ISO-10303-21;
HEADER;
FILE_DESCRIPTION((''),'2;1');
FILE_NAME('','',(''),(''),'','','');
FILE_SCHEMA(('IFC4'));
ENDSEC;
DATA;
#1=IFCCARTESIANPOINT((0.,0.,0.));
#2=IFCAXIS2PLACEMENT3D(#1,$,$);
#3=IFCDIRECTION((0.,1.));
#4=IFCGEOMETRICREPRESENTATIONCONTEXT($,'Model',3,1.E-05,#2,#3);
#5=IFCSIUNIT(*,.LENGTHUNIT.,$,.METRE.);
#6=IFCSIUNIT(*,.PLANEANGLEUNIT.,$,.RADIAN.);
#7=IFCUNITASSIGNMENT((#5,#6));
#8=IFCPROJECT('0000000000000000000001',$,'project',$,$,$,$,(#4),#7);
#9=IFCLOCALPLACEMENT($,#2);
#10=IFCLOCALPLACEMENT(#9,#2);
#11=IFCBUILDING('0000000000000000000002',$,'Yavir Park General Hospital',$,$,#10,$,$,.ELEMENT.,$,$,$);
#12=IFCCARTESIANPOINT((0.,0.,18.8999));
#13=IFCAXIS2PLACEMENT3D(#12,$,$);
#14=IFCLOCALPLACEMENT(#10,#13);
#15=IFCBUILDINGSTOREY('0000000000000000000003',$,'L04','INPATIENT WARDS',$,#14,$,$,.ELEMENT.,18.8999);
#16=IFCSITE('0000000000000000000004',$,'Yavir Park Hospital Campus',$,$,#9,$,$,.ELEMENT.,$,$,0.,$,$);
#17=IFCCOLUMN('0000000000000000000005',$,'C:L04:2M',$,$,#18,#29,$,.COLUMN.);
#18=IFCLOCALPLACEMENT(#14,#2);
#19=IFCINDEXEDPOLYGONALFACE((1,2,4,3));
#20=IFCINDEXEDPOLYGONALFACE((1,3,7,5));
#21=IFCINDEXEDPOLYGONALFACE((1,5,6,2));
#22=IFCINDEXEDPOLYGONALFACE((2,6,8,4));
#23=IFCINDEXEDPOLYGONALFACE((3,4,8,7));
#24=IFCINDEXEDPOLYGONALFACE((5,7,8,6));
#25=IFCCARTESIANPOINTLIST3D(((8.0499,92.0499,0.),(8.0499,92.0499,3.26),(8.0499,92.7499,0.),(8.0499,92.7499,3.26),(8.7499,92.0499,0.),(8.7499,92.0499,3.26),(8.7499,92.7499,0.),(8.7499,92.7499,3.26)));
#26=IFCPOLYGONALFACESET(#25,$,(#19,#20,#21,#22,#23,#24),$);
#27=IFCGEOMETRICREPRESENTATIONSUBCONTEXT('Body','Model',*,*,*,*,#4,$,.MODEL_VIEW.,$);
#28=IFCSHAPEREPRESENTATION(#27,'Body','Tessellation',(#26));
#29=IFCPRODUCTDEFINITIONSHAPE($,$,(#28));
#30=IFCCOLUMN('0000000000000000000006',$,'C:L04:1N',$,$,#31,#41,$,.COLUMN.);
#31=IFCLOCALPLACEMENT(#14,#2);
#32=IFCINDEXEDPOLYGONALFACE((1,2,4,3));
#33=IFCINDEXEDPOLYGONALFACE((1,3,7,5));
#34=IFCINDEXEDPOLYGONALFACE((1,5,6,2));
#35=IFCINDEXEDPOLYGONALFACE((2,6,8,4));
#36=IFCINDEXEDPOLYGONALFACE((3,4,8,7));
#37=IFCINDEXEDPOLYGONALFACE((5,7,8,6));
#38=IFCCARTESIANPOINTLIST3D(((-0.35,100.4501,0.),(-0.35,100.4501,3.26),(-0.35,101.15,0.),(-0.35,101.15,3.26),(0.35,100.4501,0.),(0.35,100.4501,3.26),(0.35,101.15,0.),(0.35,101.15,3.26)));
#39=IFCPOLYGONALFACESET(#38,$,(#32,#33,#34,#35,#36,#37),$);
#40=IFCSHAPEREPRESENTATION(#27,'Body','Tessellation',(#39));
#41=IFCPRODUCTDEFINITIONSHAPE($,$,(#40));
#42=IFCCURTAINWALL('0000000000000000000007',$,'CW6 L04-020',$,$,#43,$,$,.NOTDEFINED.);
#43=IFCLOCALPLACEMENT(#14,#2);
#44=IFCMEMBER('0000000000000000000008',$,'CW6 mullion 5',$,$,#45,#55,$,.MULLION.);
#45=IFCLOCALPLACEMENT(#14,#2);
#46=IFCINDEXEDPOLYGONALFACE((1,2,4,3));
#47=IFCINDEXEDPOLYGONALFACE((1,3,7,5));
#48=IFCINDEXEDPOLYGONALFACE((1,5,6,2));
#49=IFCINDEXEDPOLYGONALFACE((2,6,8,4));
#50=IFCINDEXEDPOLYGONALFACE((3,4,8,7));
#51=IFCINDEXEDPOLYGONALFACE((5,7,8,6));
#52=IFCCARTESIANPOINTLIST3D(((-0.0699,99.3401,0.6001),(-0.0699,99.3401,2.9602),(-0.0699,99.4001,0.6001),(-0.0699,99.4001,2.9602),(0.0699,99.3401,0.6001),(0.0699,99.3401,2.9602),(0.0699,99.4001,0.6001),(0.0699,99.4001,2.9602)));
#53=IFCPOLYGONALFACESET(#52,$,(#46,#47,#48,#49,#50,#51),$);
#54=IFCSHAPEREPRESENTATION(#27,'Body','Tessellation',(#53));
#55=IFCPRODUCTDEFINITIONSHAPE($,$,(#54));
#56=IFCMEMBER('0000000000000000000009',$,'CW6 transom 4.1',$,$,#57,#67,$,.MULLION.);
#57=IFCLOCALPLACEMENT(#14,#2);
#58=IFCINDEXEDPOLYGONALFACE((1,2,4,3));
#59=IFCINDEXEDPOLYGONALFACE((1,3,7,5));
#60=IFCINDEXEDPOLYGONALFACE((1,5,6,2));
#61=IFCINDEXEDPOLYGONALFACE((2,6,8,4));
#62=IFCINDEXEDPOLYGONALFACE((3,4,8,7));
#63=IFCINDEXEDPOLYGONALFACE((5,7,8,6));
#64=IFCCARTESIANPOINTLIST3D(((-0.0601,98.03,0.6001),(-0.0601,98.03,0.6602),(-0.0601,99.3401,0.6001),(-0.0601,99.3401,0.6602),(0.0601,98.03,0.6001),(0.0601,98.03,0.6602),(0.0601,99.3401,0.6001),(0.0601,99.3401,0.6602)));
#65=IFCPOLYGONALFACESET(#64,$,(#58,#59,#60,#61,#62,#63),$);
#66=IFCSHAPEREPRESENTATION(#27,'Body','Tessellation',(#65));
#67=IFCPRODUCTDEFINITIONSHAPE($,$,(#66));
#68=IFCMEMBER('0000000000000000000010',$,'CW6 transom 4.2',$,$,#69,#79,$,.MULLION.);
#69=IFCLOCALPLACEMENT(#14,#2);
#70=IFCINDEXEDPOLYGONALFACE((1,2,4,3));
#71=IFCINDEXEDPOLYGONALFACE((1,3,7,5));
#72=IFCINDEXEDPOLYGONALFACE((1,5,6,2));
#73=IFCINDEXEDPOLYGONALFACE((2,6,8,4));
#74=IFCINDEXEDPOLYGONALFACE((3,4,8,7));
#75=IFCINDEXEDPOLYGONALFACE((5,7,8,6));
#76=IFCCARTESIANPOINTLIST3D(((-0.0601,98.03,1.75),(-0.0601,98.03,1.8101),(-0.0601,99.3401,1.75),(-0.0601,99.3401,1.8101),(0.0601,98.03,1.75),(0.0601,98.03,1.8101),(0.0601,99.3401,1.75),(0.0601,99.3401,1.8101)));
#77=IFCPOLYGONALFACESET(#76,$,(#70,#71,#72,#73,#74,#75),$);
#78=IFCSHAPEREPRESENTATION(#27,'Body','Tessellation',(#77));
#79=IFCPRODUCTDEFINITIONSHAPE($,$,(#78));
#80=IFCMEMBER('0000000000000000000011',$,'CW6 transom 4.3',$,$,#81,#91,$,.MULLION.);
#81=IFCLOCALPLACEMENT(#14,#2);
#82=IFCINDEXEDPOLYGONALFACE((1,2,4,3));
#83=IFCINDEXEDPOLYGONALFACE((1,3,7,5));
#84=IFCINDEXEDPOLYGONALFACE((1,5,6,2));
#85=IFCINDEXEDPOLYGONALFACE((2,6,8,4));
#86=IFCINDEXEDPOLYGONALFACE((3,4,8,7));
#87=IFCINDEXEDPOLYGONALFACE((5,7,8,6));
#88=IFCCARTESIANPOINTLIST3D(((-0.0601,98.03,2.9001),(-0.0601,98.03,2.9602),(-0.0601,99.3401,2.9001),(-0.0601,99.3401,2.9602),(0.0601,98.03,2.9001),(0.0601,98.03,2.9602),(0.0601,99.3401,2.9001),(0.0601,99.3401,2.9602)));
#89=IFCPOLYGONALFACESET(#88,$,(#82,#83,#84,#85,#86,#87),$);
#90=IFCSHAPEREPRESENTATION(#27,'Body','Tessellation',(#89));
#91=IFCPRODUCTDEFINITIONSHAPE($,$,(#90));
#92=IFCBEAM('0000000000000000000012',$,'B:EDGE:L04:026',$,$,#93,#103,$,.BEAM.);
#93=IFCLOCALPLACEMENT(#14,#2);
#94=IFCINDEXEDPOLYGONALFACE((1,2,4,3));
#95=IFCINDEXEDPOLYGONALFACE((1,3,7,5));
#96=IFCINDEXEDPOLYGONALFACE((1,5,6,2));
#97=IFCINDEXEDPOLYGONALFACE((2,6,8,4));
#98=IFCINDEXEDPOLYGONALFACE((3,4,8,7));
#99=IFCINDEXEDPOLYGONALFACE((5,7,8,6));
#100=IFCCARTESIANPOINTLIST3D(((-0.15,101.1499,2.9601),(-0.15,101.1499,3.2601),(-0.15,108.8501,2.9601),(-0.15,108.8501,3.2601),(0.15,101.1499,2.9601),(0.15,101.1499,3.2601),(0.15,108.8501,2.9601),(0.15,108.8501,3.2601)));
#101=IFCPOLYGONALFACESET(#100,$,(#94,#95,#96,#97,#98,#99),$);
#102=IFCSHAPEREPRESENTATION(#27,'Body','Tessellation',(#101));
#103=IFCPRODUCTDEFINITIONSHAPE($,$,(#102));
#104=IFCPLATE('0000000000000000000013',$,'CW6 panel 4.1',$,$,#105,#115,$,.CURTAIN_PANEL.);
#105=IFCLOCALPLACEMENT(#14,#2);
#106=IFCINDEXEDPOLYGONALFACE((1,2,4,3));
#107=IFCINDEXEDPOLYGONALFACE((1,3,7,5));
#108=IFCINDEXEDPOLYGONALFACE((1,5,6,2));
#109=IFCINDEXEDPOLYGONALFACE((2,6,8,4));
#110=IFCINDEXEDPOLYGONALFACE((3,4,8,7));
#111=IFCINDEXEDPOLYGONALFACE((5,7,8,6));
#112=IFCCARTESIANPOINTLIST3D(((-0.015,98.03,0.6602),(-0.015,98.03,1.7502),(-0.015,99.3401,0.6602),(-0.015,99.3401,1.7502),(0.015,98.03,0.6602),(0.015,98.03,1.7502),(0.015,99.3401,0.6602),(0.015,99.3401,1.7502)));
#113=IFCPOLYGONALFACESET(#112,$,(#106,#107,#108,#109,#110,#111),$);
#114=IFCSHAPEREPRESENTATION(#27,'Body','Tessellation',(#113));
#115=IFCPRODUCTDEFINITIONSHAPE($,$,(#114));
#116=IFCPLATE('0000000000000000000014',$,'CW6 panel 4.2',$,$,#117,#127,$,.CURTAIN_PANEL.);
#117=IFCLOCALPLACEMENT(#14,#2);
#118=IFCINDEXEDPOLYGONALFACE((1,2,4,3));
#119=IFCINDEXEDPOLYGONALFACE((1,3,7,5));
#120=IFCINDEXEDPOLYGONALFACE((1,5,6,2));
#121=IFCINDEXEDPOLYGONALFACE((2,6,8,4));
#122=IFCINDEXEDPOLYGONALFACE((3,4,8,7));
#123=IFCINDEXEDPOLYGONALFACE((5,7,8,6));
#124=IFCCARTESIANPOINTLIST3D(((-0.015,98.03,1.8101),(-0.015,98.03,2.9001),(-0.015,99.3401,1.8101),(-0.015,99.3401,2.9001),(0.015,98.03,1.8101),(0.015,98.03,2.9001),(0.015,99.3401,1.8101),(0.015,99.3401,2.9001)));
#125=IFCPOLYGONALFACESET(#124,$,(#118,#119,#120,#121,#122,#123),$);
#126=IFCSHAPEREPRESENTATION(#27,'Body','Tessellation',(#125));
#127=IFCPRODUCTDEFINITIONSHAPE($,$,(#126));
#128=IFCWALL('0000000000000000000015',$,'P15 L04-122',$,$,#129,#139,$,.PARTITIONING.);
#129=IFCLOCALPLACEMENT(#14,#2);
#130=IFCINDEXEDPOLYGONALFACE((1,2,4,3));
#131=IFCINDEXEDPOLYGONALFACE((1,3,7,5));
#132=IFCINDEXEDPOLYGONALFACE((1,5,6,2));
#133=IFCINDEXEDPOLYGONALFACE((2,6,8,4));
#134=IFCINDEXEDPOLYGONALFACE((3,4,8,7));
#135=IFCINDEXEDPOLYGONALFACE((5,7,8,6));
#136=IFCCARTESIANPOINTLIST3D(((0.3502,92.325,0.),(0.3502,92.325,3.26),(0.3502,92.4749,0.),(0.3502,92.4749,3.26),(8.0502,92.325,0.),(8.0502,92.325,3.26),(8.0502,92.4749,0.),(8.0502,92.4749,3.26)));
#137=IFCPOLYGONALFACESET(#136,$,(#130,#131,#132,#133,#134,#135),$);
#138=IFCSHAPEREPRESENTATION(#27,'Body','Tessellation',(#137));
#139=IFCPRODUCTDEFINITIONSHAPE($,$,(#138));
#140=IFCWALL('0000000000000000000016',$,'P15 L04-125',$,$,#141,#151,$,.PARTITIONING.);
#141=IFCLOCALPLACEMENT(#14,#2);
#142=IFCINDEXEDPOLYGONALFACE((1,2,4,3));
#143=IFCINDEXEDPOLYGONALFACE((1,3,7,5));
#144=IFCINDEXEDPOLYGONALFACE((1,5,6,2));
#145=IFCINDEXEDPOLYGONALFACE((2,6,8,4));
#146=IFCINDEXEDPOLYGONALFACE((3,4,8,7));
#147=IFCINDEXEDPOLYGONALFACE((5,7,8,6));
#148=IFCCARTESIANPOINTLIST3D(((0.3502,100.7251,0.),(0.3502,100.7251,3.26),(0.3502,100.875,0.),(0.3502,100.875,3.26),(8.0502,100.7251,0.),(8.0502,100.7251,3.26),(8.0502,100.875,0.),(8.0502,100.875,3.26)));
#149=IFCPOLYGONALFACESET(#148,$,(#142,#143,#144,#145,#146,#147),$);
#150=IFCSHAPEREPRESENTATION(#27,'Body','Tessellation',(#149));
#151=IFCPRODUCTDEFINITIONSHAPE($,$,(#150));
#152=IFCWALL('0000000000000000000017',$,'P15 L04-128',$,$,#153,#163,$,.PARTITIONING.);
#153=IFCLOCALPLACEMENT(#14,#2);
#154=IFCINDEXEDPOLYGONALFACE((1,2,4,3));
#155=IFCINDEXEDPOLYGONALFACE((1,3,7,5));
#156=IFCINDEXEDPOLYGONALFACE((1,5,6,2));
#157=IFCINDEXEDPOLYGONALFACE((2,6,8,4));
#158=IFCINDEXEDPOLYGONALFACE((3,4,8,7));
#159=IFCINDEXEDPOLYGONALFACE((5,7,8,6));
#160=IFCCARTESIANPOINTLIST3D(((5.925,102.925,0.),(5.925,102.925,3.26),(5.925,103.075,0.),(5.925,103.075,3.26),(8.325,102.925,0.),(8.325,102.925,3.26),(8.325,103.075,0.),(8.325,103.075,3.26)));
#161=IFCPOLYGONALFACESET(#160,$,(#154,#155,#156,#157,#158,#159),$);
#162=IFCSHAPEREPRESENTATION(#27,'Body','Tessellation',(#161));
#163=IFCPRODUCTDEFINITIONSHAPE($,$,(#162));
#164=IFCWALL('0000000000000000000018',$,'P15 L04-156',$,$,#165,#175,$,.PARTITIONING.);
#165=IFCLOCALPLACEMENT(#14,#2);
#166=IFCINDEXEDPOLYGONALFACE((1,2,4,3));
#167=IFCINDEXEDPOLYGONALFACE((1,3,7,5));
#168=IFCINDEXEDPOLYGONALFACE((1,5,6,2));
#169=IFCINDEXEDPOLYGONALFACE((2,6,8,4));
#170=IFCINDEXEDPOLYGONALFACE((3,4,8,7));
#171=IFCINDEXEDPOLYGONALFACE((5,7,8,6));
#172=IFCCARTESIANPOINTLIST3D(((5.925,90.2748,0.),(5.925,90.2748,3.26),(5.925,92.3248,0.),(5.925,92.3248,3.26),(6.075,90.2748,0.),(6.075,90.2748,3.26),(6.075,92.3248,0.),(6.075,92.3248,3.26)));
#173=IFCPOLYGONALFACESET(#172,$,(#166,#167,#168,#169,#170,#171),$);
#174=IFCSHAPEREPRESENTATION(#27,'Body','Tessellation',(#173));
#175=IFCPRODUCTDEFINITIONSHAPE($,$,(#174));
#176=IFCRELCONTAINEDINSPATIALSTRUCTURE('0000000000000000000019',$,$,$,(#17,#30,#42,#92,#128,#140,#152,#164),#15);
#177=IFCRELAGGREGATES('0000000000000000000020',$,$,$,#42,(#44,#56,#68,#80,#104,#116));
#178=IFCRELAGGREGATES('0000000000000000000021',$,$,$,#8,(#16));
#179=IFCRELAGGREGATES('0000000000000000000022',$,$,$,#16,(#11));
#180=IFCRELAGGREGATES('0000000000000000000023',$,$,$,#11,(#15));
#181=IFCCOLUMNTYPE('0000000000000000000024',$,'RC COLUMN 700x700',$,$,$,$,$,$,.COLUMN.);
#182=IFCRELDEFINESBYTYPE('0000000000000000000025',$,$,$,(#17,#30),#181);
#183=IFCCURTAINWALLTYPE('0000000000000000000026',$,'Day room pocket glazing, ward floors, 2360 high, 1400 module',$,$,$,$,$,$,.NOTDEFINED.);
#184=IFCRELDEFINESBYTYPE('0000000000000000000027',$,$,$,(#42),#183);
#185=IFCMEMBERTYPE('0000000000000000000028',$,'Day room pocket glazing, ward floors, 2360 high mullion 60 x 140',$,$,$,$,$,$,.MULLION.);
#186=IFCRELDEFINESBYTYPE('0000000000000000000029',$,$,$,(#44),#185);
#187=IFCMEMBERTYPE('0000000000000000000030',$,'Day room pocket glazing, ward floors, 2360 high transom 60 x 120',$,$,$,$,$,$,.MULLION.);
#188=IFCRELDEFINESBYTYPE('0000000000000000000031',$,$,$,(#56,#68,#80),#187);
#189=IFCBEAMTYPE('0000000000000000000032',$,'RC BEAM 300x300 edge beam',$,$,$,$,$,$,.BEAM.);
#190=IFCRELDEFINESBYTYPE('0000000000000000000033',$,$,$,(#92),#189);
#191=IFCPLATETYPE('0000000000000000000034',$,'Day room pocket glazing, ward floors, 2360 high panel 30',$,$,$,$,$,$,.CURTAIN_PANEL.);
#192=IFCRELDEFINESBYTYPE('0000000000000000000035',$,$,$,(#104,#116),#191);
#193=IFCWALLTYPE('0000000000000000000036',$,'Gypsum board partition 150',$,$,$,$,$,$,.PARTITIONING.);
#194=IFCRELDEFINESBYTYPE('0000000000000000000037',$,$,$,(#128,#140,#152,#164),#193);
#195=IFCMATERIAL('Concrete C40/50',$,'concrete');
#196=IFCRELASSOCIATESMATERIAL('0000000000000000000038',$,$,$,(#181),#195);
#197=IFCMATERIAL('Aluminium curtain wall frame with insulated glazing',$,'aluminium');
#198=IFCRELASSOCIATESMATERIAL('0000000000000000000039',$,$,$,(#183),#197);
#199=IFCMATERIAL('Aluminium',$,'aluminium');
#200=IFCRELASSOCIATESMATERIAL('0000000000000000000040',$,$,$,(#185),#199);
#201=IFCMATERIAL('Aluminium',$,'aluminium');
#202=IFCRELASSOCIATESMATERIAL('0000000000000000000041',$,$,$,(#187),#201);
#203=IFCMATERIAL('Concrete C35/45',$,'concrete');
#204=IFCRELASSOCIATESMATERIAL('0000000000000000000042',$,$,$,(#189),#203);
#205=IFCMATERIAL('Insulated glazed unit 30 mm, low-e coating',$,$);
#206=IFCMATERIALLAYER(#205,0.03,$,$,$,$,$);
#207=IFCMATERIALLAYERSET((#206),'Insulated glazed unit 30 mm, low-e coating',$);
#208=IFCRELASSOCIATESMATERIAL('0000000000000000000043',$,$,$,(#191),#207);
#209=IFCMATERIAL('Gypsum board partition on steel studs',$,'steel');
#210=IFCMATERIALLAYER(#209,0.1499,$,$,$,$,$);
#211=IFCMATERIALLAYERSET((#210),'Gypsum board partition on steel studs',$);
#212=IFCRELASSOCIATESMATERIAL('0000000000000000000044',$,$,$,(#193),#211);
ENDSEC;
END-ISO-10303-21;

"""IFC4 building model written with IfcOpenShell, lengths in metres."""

from ifc_helpers import new_model, si_unit, direction, frame, frame_2d, origin, origin_2d, place, context, subcontext, project, spatial, rectangle, extrude, material, layer, layer_set, material_profile, profile_set, type_object, element, aggregate, save


model = new_model("IFC4")

# Units and contexts
model_context = context("Model", 3, precision=1e-05, world=origin(), true_north=direction((0.0, 1.0)))
body_context = subcontext(model_context, "Body", "Model", "MODEL_VIEW")
ifc_project = project(units=[si_unit("LENGTHUNIT", "METRE"), si_unit("PLANEANGLEUNIT", "RADIAN")], contexts=[model_context])

# Site, building, storey
site_placement = place(None, origin())
site = spatial("IfcSite", under=ifc_project, at=site_placement, Name="Yavir Park Hospital Campus", CompositionType="ELEMENT", RefElevation=0.0)
building_placement = place(site_placement, origin())
building = spatial("IfcBuilding", under=site, at=building_placement, Name="Yavir Park General Hospital", CompositionType="ELEMENT")
storey_placement = place(building_placement, frame((0.0, 0.0, 18.8999)))
storey = spatial("IfcBuildingStorey", under=building, at=storey_placement, Name="L04", Description="INPATIENT WARDS", CompositionType="ELEMENT", Elevation=18.8999)

# Columns
ifc_material_1 = material(Name="Concrete C40/50", Category="concrete")
ifc_material_profile_1 = material_profile(ifc_material_1, rectangle(XDim=0.7, YDim=0.7, at=origin_2d()), Name="RC700x700")
ifc_profile_set_1 = profile_set([ifc_material_profile_1], Name="Concrete C40/50")
column_type = type_object("IfcColumnType", Name="RC COLUMN 700x700", PredefinedType="COLUMN", material=ifc_profile_set_1)
for number, where, z_axis, x_axis, name in (
    (1, (8.3999, 92.3999, 0.0), (0.0, 0.0, 1.0), (1.0, 0.0, 0.0), "C:L04:2M"),
    (2, (0.0, 100.8, 0.0), (0.0, 0.0, 1.0), (1.0, 0.0, 0.0), "C:L04:1N"),
):
    element("IfcColumn", number, at=place(storey_placement, frame(where, z_axis=z_axis, x_axis=x_axis)), inside=storey, type_object=column_type, Name=name, PredefinedType="COLUMN", context=body_context, shape_type="SweptSolid", body=[
        extrude(rectangle(XDim=0.7, YDim=0.7, at=origin_2d()), origin(), (0.0, 0.0, 1.0), 3.26),
    ])

# Curtain wall, members
ifc_material_2 = material(Name="Aluminium curtain wall frame with insulated glazing", Category="aluminium")
curtain_wall_type = type_object("IfcCurtainWallType", Name="Day room pocket glazing, ward floors, 2360 high, 1400 module", PredefinedType="NOTDEFINED", material=ifc_material_2)
curtain_wall_placement = place(storey_placement, origin())
curtain_wall = element("IfcCurtainWall", 3, at=curtain_wall_placement, inside=storey, type_object=curtain_wall_type, Name="CW6 L04-020", PredefinedType="NOTDEFINED")
ifc_material_3 = material(Name="Aluminium", Category="aluminium")
ifc_material_profile_2 = material_profile(ifc_material_3, rectangle(XDim=0.1399, YDim=0.0601, at=origin_2d()), Name="AL 60x140")
ifc_profile_set_2 = profile_set([ifc_material_profile_2], Name="Aluminium")
member_type_1 = type_object("IfcMemberType", Name="Day room pocket glazing, ward floors, 2360 high mullion 60 x 140", PredefinedType="MULLION", material=ifc_profile_set_2)
member_1_placement = place(storey_placement, frame((0.0, 99.3701, 0.6001), z_axis=(0.0, 0.0, 1.0), x_axis=(-1.0, 0.0, 0.0)))
member_1 = element("IfcMember", 4, at=member_1_placement, type_object=member_type_1, Name="CW6 mullion 5", PredefinedType="MULLION", context=body_context, shape_type="SweptSolid", body=[
    extrude(rectangle(XDim=0.1399, YDim=0.0601, at=origin_2d()), origin(), (0.0, 0.0, 1.0), 2.3601),
])
ifc_material_4 = material(Name="Aluminium", Category="aluminium")
ifc_material_profile_3 = material_profile(ifc_material_4, rectangle(XDim=0.1201, YDim=0.0601, at=origin_2d()), Name="AL 120x60")
ifc_profile_set_3 = profile_set([ifc_material_profile_3], Name="Aluminium")
member_type_2 = type_object("IfcMemberType", Name="Day room pocket glazing, ward floors, 2360 high transom 60 x 120", PredefinedType="MULLION", material=ifc_profile_set_3)
member_2_placement = place(storey_placement, frame((0.0, 98.03, 0.6301), z_axis=(0.0, 1.0, 0.0), x_axis=(-1.0, 0.0, 0.0)))
member_2 = element("IfcMember", 5, at=member_2_placement, type_object=member_type_2, Name="CW6 transom 4.1", PredefinedType="MULLION", context=body_context, shape_type="SweptSolid", body=[
    extrude(rectangle(XDim=0.1201, YDim=0.0601, at=origin_2d()), origin(), (0.0, 0.0, 1.0), 1.3101),
])
member_3_placement = place(storey_placement, frame((0.0, 98.03, 1.78), z_axis=(0.0, 1.0, 0.0), x_axis=(-1.0, 0.0, 0.0)))
member_3 = element("IfcMember", 6, at=member_3_placement, type_object=member_type_2, Name="CW6 transom 4.2", PredefinedType="MULLION", context=body_context, shape_type="SweptSolid", body=[
    extrude(rectangle(XDim=0.1201, YDim=0.0601, at=origin_2d()), origin(), (0.0, 0.0, 1.0), 1.3101),
])
member_4_placement = place(storey_placement, frame((0.0, 98.03, 2.9302), z_axis=(0.0, 1.0, 0.0), x_axis=(-1.0, 0.0, 0.0)))
member_4 = element("IfcMember", 7, at=member_4_placement, type_object=member_type_2, Name="CW6 transom 4.3", PredefinedType="MULLION", context=body_context, shape_type="SweptSolid", body=[
    extrude(rectangle(XDim=0.1201, YDim=0.0601, at=origin_2d()), origin(), (0.0, 0.0, 1.0), 1.3101),
])

# Beam
ifc_material_5 = material(Name="Concrete C35/45", Category="concrete")
ifc_material_profile_4 = material_profile(ifc_material_5, rectangle(XDim=0.3, YDim=0.3, at=origin_2d()), Name="RC300x300")
ifc_profile_set_4 = profile_set([ifc_material_profile_4], Name="Concrete C35/45")
beam_type = type_object("IfcBeamType", Name="RC BEAM 300x300 edge beam", PredefinedType="BEAM", material=ifc_profile_set_4)
beam_placement = place(storey_placement, frame((0.0, 101.1499, 3.1101), z_axis=(0.0, 1.0, 0.0), x_axis=(-1.0, 0.0, 0.0)))
element("IfcBeam", 8, at=beam_placement, inside=storey, type_object=beam_type, Name="B:EDGE:L04:026", PredefinedType="BEAM", context=body_context, shape_type="SweptSolid", body=[
    extrude(rectangle(XDim=0.3, YDim=0.3, at=origin_2d()), origin(), (0.0, 0.0, 1.0), 7.7002),
])

# Plates
ifc_material_6 = material(Name="Insulated glazed unit 30 mm, low-e coating")
ifc_layer_1 = layer(ifc_material_6, 0.03)
ifc_layer_set_1 = layer_set([ifc_layer_1], Name="Insulated glazed unit 30 mm, low-e coating")
plate_type = type_object("IfcPlateType", Name="Day room pocket glazing, ward floors, 2360 high panel 30", PredefinedType="CURTAIN_PANEL", material=ifc_layer_set_1)
plate_1_placement = place(storey_placement, frame((0.0, 98.6851, 0.6602), z_axis=(0.0, 0.0, 1.0), x_axis=(0.0, 1.0, 0.0)))
plate_1 = element("IfcPlate", 9, at=plate_1_placement, type_object=plate_type, Name="CW6 panel 4.1", PredefinedType="CURTAIN_PANEL", context=body_context, shape_type="SweptSolid", body=[
    extrude(rectangle(XDim=1.3101, YDim=0.03, at=origin_2d()), origin(), (0.0, 0.0, 1.0), 1.0901),
])
plate_2_placement = place(storey_placement, frame((0.0, 98.6851, 1.8101), z_axis=(0.0, 0.0, 1.0), x_axis=(0.0, 1.0, 0.0)))
plate_2 = element("IfcPlate", 10, at=plate_2_placement, type_object=plate_type, Name="CW6 panel 4.2", PredefinedType="CURTAIN_PANEL", context=body_context, shape_type="SweptSolid", body=[
    extrude(rectangle(XDim=1.3101, YDim=0.03, at=origin_2d()), origin(), (0.0, 0.0, 1.0), 1.0901),
])
aggregate(curtain_wall, [member_1, member_2, member_3, member_4, plate_1, plate_2])

# Walls
ifc_material_7 = material(Name="Gypsum board partition on steel studs", Category="steel")
ifc_layer_2 = layer(ifc_material_7, 0.1499)
ifc_layer_set_2 = layer_set([ifc_layer_2], Name="Gypsum board partition on steel studs")
wall_type_1 = type_object("IfcWallType", Name="Gypsum board partition 150", PredefinedType="PARTITIONING", material=ifc_layer_set_2)
for number, where, z_axis, x_axis, name in (
    (11, (0.3501, 92.3999, 0.0), (0.0, 0.0, 1.0), (1.0, 0.0, 0.0), "P15 L04-122"),
    (12, (0.3501, 100.8, 0.0), (0.0, 0.0, 1.0), (1.0, 0.0, 0.0), "P15 L04-125"),
):
    element("IfcWall", number, at=place(storey_placement, frame(where, z_axis=z_axis, x_axis=x_axis)), inside=storey, type_object=wall_type_1, Name=name, PredefinedType="PARTITIONING", context=body_context, shape_type="SweptSolid", body=[
        extrude(rectangle(XDim=7.7, YDim=0.1499, at=frame_2d((3.8501, 0.0))), origin(), (0.0, 0.0, 1.0), 3.26),
    ])
wall_1_placement = place(storey_placement, frame((5.925, 103.0, 0.0), z_axis=(0.0, 0.0, 1.0), x_axis=(1.0, 0.0, 0.0)))
element("IfcWall", 13, at=wall_1_placement, inside=storey, type_object=wall_type_1, Name="P15 L04-128", PredefinedType="PARTITIONING", context=body_context, shape_type="SweptSolid", body=[
    extrude(rectangle(XDim=2.3999, YDim=0.1499, at=frame_2d((1.2, 0.0))), origin(), (0.0, 0.0, 1.0), 3.26),
])
wall_2_placement = place(storey_placement, frame((6.0, 90.2749, 0.0), z_axis=(0.0, 0.0, 1.0), x_axis=(0.0, 1.0, 0.0)))
element("IfcWall", 14, at=wall_2_placement, inside=storey, type_object=wall_type_1, Name="P15 L04-156", PredefinedType="PARTITIONING", context=body_context, shape_type="SweptSolid", body=[
    extrude(rectangle(XDim=2.05, YDim=0.1499, at=frame_2d((1.0249, 0.0))), origin(), (0.0, 0.0, 1.0), 3.26),
])

save(model, "model.ifc")
